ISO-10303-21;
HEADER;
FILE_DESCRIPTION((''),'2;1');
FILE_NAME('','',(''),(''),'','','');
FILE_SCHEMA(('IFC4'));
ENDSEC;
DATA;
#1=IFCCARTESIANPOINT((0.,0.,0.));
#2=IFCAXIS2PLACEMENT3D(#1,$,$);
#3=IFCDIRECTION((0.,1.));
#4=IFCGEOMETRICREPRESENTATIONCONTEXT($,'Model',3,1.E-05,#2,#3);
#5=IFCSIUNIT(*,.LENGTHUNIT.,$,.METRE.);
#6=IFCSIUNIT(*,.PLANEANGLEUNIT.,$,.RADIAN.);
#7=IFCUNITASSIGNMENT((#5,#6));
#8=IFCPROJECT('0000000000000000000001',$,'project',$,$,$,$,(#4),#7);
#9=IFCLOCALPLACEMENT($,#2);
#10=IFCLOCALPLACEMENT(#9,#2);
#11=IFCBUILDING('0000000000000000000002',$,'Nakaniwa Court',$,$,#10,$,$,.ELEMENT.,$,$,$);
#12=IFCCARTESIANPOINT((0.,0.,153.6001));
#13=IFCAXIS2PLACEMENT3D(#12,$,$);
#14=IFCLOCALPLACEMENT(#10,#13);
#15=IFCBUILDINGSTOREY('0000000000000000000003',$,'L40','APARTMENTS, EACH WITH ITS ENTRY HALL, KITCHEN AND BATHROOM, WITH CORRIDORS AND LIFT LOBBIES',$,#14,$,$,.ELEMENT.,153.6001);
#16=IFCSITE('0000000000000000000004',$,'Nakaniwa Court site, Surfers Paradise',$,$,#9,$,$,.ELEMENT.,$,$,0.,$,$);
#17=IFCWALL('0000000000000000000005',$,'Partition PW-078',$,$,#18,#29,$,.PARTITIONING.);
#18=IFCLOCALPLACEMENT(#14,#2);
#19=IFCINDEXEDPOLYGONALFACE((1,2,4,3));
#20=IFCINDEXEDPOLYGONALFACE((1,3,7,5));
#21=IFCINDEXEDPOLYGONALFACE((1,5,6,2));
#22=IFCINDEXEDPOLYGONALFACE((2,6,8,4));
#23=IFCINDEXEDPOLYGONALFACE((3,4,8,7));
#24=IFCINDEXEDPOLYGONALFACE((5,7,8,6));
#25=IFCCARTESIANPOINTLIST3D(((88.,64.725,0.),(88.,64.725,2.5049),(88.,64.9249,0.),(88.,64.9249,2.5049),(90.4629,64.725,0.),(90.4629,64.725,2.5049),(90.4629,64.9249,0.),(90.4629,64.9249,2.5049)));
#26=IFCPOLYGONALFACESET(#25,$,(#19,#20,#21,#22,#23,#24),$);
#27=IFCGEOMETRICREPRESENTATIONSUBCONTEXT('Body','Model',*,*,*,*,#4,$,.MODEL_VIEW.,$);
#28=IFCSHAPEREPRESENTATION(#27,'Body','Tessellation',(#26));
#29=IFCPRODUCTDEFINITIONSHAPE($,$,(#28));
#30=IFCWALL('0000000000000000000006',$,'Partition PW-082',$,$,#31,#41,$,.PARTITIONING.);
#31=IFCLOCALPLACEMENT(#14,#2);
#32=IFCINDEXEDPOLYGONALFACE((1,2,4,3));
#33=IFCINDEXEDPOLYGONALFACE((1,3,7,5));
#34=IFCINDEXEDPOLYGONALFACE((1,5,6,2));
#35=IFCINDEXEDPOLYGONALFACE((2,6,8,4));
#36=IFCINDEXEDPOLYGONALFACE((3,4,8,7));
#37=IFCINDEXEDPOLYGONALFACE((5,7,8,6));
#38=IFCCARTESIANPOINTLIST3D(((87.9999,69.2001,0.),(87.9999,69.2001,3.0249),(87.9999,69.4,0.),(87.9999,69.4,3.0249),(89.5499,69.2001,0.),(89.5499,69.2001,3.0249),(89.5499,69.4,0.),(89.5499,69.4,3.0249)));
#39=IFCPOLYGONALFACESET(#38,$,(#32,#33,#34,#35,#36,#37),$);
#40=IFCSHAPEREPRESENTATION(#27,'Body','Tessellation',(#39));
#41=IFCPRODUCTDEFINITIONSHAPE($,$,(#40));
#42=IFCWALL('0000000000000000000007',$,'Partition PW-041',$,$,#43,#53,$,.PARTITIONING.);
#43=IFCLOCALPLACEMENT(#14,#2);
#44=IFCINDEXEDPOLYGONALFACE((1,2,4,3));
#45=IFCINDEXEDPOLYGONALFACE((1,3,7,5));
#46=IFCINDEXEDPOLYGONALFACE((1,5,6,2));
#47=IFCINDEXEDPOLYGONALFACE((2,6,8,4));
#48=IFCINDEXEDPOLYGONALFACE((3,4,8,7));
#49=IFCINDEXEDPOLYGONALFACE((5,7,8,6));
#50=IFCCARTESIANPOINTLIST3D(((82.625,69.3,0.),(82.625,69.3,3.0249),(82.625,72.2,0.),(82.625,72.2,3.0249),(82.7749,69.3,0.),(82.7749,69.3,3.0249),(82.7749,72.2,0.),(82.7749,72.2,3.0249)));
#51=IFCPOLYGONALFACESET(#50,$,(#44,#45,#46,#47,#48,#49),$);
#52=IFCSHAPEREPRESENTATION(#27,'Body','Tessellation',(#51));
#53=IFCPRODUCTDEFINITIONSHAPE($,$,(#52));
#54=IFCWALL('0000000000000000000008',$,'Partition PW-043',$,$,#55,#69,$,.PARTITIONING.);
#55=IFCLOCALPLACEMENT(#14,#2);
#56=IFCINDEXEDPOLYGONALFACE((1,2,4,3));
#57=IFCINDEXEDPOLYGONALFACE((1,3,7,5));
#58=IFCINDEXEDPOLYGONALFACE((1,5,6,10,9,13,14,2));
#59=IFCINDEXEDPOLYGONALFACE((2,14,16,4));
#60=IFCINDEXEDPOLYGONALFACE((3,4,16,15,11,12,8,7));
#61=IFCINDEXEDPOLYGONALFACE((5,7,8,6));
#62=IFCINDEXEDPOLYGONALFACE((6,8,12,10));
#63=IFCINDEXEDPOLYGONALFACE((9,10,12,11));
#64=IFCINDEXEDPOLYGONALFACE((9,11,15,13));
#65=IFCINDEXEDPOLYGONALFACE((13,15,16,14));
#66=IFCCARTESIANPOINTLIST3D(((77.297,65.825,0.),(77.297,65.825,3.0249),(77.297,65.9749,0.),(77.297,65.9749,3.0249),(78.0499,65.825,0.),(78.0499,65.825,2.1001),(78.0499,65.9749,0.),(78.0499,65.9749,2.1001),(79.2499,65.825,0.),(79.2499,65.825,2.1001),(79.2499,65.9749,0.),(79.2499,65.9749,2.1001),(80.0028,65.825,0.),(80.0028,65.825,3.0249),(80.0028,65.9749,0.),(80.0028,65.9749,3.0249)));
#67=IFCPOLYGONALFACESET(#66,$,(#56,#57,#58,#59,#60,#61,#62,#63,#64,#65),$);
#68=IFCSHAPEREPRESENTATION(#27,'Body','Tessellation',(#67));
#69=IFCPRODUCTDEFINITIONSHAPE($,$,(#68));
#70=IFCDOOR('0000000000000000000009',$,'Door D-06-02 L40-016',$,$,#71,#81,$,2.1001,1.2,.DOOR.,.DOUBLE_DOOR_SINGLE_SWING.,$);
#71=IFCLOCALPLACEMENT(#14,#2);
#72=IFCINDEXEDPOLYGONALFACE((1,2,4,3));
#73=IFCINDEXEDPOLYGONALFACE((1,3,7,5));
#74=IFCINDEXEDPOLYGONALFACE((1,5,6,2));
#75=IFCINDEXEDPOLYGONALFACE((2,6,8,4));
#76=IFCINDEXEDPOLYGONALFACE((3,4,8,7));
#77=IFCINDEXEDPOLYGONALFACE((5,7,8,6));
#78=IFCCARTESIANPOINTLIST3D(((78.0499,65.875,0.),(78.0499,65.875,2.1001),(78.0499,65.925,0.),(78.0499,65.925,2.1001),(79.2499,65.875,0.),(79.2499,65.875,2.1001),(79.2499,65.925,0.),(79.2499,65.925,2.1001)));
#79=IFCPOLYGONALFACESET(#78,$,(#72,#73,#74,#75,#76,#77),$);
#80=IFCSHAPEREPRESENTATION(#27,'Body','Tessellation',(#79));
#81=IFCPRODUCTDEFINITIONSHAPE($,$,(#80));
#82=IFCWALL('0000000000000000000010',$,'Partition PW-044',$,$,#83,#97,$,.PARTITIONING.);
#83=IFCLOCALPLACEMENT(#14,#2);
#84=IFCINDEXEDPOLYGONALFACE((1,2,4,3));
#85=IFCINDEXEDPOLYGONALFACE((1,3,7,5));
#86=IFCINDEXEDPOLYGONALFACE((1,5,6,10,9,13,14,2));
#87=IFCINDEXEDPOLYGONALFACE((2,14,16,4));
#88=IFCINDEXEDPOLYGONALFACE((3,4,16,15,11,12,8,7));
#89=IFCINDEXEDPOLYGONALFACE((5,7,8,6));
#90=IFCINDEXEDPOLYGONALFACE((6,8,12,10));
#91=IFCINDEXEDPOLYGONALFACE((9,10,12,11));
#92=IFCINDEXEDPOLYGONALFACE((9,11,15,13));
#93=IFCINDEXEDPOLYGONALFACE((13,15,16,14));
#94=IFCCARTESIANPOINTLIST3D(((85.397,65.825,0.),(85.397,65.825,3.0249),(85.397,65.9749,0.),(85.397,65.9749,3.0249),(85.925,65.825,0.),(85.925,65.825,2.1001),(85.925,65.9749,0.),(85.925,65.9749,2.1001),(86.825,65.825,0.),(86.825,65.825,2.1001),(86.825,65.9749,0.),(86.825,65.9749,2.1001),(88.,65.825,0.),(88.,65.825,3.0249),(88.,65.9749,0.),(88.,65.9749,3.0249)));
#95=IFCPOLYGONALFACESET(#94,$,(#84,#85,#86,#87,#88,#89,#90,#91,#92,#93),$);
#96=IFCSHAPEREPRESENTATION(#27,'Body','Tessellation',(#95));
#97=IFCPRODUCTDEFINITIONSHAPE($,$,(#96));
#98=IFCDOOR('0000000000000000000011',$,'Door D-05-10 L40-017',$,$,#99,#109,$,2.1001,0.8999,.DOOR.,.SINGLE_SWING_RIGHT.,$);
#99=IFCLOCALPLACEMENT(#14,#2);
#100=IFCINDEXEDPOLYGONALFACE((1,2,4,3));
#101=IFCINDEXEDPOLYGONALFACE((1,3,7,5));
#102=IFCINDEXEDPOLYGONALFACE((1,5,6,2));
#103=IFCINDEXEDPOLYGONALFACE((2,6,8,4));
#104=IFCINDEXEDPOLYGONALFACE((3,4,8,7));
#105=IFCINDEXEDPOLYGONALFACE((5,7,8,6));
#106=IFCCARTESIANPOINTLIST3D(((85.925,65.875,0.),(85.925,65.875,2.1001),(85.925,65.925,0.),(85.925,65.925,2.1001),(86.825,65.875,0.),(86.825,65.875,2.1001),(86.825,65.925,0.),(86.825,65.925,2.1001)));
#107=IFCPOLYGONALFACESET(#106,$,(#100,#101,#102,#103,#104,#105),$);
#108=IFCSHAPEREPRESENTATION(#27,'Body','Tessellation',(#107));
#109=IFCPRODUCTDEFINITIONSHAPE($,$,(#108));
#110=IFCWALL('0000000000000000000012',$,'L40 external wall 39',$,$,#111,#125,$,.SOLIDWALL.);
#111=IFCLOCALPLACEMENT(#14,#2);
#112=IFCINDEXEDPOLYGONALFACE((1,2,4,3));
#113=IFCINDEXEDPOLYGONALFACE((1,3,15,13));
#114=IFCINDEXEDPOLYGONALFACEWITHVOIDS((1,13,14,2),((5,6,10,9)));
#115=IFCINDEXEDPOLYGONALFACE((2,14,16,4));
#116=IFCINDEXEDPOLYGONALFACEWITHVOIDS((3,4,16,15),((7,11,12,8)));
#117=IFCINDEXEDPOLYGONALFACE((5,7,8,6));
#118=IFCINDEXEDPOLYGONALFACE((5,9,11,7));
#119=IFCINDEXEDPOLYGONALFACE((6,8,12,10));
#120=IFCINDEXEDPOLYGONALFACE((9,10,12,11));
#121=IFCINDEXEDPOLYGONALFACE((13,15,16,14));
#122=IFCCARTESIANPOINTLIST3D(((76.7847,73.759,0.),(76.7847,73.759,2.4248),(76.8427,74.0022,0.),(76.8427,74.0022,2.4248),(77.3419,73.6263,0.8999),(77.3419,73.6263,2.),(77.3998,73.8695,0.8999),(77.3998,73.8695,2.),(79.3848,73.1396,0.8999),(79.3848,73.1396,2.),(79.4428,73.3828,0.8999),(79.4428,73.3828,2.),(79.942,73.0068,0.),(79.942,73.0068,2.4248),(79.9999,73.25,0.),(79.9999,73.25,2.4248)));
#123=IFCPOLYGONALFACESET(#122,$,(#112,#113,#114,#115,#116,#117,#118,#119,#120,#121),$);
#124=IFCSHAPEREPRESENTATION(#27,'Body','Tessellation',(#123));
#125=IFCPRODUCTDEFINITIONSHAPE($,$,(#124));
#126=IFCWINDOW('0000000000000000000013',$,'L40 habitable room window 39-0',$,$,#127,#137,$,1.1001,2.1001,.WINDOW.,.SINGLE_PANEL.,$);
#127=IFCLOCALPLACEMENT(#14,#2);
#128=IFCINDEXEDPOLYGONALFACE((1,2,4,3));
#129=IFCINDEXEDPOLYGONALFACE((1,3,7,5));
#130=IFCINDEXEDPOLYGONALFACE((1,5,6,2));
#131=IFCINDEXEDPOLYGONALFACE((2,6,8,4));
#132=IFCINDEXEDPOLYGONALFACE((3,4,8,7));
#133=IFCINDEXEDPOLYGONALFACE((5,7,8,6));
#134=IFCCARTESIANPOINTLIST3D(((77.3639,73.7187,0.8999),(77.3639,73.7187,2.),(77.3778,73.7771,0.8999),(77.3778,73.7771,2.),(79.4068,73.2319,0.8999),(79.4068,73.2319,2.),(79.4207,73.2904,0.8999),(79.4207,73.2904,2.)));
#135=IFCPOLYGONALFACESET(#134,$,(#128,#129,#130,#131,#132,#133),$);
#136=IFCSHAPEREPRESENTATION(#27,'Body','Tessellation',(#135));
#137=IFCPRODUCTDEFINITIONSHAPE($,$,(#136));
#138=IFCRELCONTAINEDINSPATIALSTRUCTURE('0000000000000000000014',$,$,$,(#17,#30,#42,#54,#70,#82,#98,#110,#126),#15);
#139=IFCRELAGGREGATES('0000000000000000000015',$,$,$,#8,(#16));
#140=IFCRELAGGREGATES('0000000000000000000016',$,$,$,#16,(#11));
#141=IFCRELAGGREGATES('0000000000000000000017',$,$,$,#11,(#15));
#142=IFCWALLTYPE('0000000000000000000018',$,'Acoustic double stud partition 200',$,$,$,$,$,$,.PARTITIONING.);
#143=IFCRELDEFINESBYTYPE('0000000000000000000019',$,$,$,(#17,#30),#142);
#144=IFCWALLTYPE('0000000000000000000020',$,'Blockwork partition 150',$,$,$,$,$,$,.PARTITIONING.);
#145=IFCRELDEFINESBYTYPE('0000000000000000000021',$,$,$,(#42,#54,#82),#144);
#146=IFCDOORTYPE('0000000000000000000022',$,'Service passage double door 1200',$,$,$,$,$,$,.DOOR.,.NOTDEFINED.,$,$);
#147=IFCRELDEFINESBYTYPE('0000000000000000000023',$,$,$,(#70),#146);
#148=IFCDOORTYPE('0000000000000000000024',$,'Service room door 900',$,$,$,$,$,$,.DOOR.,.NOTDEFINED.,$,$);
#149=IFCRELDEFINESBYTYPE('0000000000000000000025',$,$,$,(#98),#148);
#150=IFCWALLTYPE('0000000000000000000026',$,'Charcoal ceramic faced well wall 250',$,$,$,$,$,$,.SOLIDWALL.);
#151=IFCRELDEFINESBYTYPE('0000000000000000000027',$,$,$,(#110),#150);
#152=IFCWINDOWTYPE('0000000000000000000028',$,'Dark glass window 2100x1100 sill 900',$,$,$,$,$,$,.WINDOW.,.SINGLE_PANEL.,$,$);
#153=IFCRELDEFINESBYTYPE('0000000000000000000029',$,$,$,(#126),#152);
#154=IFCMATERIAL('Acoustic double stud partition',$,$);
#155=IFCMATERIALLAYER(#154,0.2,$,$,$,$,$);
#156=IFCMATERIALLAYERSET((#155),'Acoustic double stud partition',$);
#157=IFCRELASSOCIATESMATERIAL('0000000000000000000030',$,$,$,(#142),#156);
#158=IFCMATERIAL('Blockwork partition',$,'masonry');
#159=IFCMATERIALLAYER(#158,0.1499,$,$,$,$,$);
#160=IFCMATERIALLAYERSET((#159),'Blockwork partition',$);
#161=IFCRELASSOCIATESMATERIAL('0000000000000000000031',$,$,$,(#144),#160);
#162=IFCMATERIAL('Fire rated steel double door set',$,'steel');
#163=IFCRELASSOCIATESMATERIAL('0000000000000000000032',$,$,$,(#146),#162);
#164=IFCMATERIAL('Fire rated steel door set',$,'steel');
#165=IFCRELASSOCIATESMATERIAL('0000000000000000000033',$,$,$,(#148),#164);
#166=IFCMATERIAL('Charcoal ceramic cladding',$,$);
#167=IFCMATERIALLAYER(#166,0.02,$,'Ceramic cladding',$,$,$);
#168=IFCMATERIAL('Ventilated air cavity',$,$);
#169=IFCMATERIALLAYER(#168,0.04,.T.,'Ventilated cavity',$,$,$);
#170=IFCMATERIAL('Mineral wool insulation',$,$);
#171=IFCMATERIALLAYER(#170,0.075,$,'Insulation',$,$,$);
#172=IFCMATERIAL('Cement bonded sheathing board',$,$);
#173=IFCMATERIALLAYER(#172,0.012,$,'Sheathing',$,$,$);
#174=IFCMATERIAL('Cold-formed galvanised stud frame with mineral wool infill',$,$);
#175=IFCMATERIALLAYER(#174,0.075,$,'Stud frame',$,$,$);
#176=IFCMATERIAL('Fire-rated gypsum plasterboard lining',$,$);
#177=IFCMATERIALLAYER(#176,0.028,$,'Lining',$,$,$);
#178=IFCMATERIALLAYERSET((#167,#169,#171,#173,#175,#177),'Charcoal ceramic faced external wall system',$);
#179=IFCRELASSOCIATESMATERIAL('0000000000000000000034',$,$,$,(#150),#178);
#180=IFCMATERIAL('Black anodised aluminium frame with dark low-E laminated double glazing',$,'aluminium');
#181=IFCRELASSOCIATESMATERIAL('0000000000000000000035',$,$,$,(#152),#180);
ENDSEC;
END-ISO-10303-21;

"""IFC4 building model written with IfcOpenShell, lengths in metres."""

from ifc_helpers import new_model, si_unit, direction, frame, frame_2d, origin, place, context, subcontext, project, spatial, rectangle, extrude, material, layer, layer_set, type_object, element, fill, save


model = new_model("IFC4")

# Units and contexts
model_context = context("Model", 3, precision=1e-05, world=origin(), true_north=direction((0.0, 1.0)))
body_context = subcontext(model_context, "Body", "Model", "MODEL_VIEW")
ifc_project = project(units=[si_unit("LENGTHUNIT", "METRE"), si_unit("PLANEANGLEUNIT", "RADIAN")], contexts=[model_context])

# Site, building, storey
site_placement = place(None, origin())
site = spatial("IfcSite", under=ifc_project, at=site_placement, Name="Nakaniwa Court site, Surfers Paradise", CompositionType="ELEMENT", RefElevation=0.0)
building_placement = place(site_placement, origin())
building = spatial("IfcBuilding", under=site, at=building_placement, Name="Nakaniwa Court", CompositionType="ELEMENT")
storey_placement = place(building_placement, frame((0.0, 0.0, 153.6001)))
storey = spatial("IfcBuildingStorey", under=building, at=storey_placement, Name="L40", Description="APARTMENTS, EACH WITH ITS ENTRY HALL, KITCHEN AND BATHROOM, WITH CORRIDORS AND LIFT LOBBIES", CompositionType="ELEMENT", Elevation=153.6001)

# Walls
ifc_material_1 = material(Name="Acoustic double stud partition")
ifc_layer_1 = layer(ifc_material_1, 0.2)
ifc_layer_set_1 = layer_set([ifc_layer_1], Name="Acoustic double stud partition")
wall_type_1 = type_object("IfcWallType", Name="Acoustic double stud partition 200", PredefinedType="PARTITIONING", material=ifc_layer_set_1)
wall_1_placement = place(storey_placement, frame((88.0, 64.825, 0.0), z_axis=(0.0, 0.0, 1.0), x_axis=(1.0, 0.0, 0.0)))
element("IfcWall", 1, at=wall_1_placement, inside=storey, type_object=wall_type_1, Name="Partition PW-078", PredefinedType="PARTITIONING", context=body_context, shape_type="SweptSolid", body=[
    extrude(rectangle(XDim=2.4629, YDim=0.2, at=frame_2d((1.2314, 0.0))), origin(), (0.0, 0.0, 1.0), 2.5049),
])
wall_2_placement = place(storey_placement, frame((88.0, 69.3, 0.0), z_axis=(0.0, 0.0, 1.0), x_axis=(1.0, 0.0, 0.0)))
element("IfcWall", 2, at=wall_2_placement, inside=storey, type_object=wall_type_1, Name="Partition PW-082", PredefinedType="PARTITIONING", context=body_context, shape_type="SweptSolid", body=[
    extrude(rectangle(XDim=1.55, YDim=0.2, at=frame_2d((0.7749, 0.0))), origin(), (0.0, 0.0, 1.0), 3.0249),
])
ifc_material_2 = material(Name="Blockwork partition", Category="masonry")
ifc_layer_2 = layer(ifc_material_2, 0.1499)
ifc_layer_set_2 = layer_set([ifc_layer_2], Name="Blockwork partition")
wall_type_2 = type_object("IfcWallType", Name="Blockwork partition 150", PredefinedType="PARTITIONING", material=ifc_layer_set_2)
wall_3_placement = place(storey_placement, frame((82.7, 69.3, 0.0), z_axis=(0.0, 0.0, 1.0), x_axis=(0.0, 1.0, 0.0)))
element("IfcWall", 3, at=wall_3_placement, inside=storey, type_object=wall_type_2, Name="Partition PW-041", PredefinedType="PARTITIONING", context=body_context, shape_type="SweptSolid", body=[
    extrude(rectangle(XDim=2.8999, YDim=0.1499, at=frame_2d((1.45, 0.0))), origin(), (0.0, 0.0, 1.0), 3.0249),
])

# Walls, openings, doors
wall_4_placement = place(storey_placement, frame((80.0029, 65.8999, 0.0), z_axis=(0.0, 0.0, 1.0), x_axis=(-1.0, 0.0, 0.0)))
wall_4 = element("IfcWall", 4, at=wall_4_placement, inside=storey, type_object=wall_type_2, Name="Partition PW-043", PredefinedType="PARTITIONING", context=body_context, shape_type="SweptSolid", body=[
    extrude(rectangle(XDim=2.7058, YDim=0.1499, at=frame_2d((1.353, 0.0))), origin(), (0.0, 0.0, 1.0), 3.0249),
])
opening_1_placement = place(wall_4_placement, frame((0.7529, 0.0, 0.0)))
opening_1 = element("IfcOpeningElement", 5, at=opening_1_placement, cuts=wall_4, PredefinedType="OPENING", context=body_context, shape_type="SweptSolid", body=[
    extrude(rectangle(XDim=1.2, YDim=2.1001, at=frame_2d((0.6001, 1.05))), frame((0.0, 0.085, 0.0), z_axis=(0.0, -1.0, 0.0), x_axis=(1.0, 0.0, 0.0)), (0.0, 0.0, 1.0), 0.1699),
])
ifc_material_3 = material(Name="Fire rated steel double door set", Category="steel")
door_type_1 = type_object("IfcDoorType", Name="Service passage double door 1200", OperationType="NOTDEFINED", PredefinedType="DOOR", material=ifc_material_3)
door_1_placement = place(opening_1_placement, origin())
door_1 = element("IfcDoor", 6, at=door_1_placement, inside=storey, type_object=door_type_1, Name="Door D-06-02 L40-016", OperationType="DOUBLE_DOOR_SINGLE_SWING", OverallHeight=2.1001, OverallWidth=1.2, PredefinedType="DOOR", context=body_context, shape_type="SweptSolid", body=[
    extrude(rectangle(XDim=1.2, YDim=2.1001, at=frame_2d((0.6001, 1.05))), frame((0.0, 0.0249, 0.0), z_axis=(0.0, -1.0, 0.0), x_axis=(1.0, 0.0, 0.0)), (0.0, 0.0, 1.0), 0.05),
])
fill(opening_1, door_1)
wall_5_placement = place(storey_placement, frame((88.0, 65.8999, 0.0), z_axis=(0.0, 0.0, 1.0), x_axis=(-1.0, 0.0, 0.0)))
wall_5 = element("IfcWall", 7, at=wall_5_placement, inside=storey, type_object=wall_type_2, Name="Partition PW-044", PredefinedType="PARTITIONING", context=body_context, shape_type="SweptSolid", body=[
    extrude(rectangle(XDim=2.603, YDim=0.1499, at=frame_2d((1.3015, 0.0))), origin(), (0.0, 0.0, 1.0), 3.0249),
])
opening_2_placement = place(wall_5_placement, frame((1.175, 0.0, 0.0)))
opening_2 = element("IfcOpeningElement", 8, at=opening_2_placement, cuts=wall_5, PredefinedType="OPENING", context=body_context, shape_type="SweptSolid", body=[
    extrude(rectangle(XDim=0.8999, YDim=2.1001, at=frame_2d((0.45, 1.05))), frame((0.0, 0.085, 0.0), z_axis=(0.0, -1.0, 0.0), x_axis=(1.0, 0.0, 0.0)), (0.0, 0.0, 1.0), 0.1699),
])
ifc_material_4 = material(Name="Fire rated steel door set", Category="steel")
door_type_2 = type_object("IfcDoorType", Name="Service room door 900", OperationType="NOTDEFINED", PredefinedType="DOOR", material=ifc_material_4)
door_2_placement = place(opening_2_placement, origin())
door_2 = element("IfcDoor", 9, at=door_2_placement, inside=storey, type_object=door_type_2, Name="Door D-05-10 L40-017", OperationType="SINGLE_SWING_RIGHT", OverallHeight=2.1001, OverallWidth=0.8999, PredefinedType="DOOR", context=body_context, shape_type="SweptSolid", body=[
    extrude(rectangle(XDim=0.8999, YDim=2.1001, at=frame_2d((0.45, 1.05))), frame((0.0, 0.0249, 0.0), z_axis=(0.0, -1.0, 0.0), x_axis=(1.0, 0.0, 0.0)), (0.0, 0.0, 1.0), 0.05),
])
fill(opening_2, door_2)

# Wall, opening, window
ifc_material_5 = material(Name="Charcoal ceramic cladding")
ifc_layer_3 = layer(ifc_material_5, 0.02, Name="Ceramic cladding")
ifc_material_6 = material(Name="Ventilated air cavity")
ifc_layer_4 = layer(ifc_material_6, 0.04, ventilated=True, Name="Ventilated cavity")
ifc_material_7 = material(Name="Mineral wool insulation")
ifc_layer_5 = layer(ifc_material_7, 0.075, Name="Insulation")
ifc_material_8 = material(Name="Cement bonded sheathing board")
ifc_layer_6 = layer(ifc_material_8, 0.012, Name="Sheathing")
ifc_material_9 = material(Name="Cold-formed galvanised stud frame with mineral wool infill")
ifc_layer_7 = layer(ifc_material_9, 0.075, Name="Stud frame")
ifc_material_10 = material(Name="Fire-rated gypsum plasterboard lining")
ifc_layer_8 = layer(ifc_material_10, 0.028, Name="Lining")
ifc_layer_set_3 = layer_set([ifc_layer_3, ifc_layer_4, ifc_layer_5, ifc_layer_6, ifc_layer_7, ifc_layer_8], Name="Charcoal ceramic faced external wall system")
wall_type_3 = type_object("IfcWallType", Name="Charcoal ceramic faced well wall 250", PredefinedType="SOLIDWALL", material=ifc_layer_set_3)
wall_6_placement = place(storey_placement, frame((79.9709, 73.1284, 0.0), z_axis=(0.0, 0.0, 1.0), x_axis=(-0.972773, 0.23176, 0.0)))
wall_6 = element("IfcWall", 10, at=wall_6_placement, inside=storey, type_object=wall_type_3, Name="L40 external wall 39", PredefinedType="SOLIDWALL", context=body_context, shape_type="SweptSolid", body=[
    extrude(rectangle(XDim=3.2456, YDim=0.25, at=frame_2d((1.6228, 0.0))), origin(), (0.0, 0.0, 1.0), 2.4248),
])
opening_3_placement = place(wall_6_placement, frame((0.5728, 0.0, 0.8999)))
opening_3 = element("IfcOpeningElement", 11, at=opening_3_placement, cuts=wall_6, PredefinedType="OPENING", context=body_context, shape_type="SweptSolid", body=[
    extrude(rectangle(XDim=2.1001, YDim=1.1001, at=frame_2d((1.05, 0.55))), frame((0.0, 0.135, 0.0), z_axis=(0.0, -1.0, 0.0), x_axis=(1.0, 0.0, 0.0)), (0.0, 0.0, 1.0), 0.27),
])
ifc_material_11 = material(Name="Black anodised aluminium frame with dark low-E laminated double glazing", Category="aluminium")
window_type = type_object("IfcWindowType", Name="Dark glass window 2100x1100 sill 900", PartitioningType="SINGLE_PANEL", PredefinedType="WINDOW", material=ifc_material_11)
window_placement = place(opening_3_placement, origin())
window = element("IfcWindow", 12, at=window_placement, inside=storey, type_object=window_type, Name="L40 habitable room window 39-0", OverallHeight=1.1001, OverallWidth=2.1001, PartitioningType="SINGLE_PANEL", PredefinedType="WINDOW", context=body_context, shape_type="SweptSolid", body=[
    extrude(rectangle(XDim=2.1001, YDim=1.1001, at=frame_2d((1.05, 0.55))), frame((0.0, 0.03, 0.0), z_axis=(0.0, -1.0, 0.0), x_axis=(1.0, 0.0, 0.0)), (0.0, 0.0, 1.0), 0.0601),
])
fill(opening_3, window)

save(model, "model.ifc")
